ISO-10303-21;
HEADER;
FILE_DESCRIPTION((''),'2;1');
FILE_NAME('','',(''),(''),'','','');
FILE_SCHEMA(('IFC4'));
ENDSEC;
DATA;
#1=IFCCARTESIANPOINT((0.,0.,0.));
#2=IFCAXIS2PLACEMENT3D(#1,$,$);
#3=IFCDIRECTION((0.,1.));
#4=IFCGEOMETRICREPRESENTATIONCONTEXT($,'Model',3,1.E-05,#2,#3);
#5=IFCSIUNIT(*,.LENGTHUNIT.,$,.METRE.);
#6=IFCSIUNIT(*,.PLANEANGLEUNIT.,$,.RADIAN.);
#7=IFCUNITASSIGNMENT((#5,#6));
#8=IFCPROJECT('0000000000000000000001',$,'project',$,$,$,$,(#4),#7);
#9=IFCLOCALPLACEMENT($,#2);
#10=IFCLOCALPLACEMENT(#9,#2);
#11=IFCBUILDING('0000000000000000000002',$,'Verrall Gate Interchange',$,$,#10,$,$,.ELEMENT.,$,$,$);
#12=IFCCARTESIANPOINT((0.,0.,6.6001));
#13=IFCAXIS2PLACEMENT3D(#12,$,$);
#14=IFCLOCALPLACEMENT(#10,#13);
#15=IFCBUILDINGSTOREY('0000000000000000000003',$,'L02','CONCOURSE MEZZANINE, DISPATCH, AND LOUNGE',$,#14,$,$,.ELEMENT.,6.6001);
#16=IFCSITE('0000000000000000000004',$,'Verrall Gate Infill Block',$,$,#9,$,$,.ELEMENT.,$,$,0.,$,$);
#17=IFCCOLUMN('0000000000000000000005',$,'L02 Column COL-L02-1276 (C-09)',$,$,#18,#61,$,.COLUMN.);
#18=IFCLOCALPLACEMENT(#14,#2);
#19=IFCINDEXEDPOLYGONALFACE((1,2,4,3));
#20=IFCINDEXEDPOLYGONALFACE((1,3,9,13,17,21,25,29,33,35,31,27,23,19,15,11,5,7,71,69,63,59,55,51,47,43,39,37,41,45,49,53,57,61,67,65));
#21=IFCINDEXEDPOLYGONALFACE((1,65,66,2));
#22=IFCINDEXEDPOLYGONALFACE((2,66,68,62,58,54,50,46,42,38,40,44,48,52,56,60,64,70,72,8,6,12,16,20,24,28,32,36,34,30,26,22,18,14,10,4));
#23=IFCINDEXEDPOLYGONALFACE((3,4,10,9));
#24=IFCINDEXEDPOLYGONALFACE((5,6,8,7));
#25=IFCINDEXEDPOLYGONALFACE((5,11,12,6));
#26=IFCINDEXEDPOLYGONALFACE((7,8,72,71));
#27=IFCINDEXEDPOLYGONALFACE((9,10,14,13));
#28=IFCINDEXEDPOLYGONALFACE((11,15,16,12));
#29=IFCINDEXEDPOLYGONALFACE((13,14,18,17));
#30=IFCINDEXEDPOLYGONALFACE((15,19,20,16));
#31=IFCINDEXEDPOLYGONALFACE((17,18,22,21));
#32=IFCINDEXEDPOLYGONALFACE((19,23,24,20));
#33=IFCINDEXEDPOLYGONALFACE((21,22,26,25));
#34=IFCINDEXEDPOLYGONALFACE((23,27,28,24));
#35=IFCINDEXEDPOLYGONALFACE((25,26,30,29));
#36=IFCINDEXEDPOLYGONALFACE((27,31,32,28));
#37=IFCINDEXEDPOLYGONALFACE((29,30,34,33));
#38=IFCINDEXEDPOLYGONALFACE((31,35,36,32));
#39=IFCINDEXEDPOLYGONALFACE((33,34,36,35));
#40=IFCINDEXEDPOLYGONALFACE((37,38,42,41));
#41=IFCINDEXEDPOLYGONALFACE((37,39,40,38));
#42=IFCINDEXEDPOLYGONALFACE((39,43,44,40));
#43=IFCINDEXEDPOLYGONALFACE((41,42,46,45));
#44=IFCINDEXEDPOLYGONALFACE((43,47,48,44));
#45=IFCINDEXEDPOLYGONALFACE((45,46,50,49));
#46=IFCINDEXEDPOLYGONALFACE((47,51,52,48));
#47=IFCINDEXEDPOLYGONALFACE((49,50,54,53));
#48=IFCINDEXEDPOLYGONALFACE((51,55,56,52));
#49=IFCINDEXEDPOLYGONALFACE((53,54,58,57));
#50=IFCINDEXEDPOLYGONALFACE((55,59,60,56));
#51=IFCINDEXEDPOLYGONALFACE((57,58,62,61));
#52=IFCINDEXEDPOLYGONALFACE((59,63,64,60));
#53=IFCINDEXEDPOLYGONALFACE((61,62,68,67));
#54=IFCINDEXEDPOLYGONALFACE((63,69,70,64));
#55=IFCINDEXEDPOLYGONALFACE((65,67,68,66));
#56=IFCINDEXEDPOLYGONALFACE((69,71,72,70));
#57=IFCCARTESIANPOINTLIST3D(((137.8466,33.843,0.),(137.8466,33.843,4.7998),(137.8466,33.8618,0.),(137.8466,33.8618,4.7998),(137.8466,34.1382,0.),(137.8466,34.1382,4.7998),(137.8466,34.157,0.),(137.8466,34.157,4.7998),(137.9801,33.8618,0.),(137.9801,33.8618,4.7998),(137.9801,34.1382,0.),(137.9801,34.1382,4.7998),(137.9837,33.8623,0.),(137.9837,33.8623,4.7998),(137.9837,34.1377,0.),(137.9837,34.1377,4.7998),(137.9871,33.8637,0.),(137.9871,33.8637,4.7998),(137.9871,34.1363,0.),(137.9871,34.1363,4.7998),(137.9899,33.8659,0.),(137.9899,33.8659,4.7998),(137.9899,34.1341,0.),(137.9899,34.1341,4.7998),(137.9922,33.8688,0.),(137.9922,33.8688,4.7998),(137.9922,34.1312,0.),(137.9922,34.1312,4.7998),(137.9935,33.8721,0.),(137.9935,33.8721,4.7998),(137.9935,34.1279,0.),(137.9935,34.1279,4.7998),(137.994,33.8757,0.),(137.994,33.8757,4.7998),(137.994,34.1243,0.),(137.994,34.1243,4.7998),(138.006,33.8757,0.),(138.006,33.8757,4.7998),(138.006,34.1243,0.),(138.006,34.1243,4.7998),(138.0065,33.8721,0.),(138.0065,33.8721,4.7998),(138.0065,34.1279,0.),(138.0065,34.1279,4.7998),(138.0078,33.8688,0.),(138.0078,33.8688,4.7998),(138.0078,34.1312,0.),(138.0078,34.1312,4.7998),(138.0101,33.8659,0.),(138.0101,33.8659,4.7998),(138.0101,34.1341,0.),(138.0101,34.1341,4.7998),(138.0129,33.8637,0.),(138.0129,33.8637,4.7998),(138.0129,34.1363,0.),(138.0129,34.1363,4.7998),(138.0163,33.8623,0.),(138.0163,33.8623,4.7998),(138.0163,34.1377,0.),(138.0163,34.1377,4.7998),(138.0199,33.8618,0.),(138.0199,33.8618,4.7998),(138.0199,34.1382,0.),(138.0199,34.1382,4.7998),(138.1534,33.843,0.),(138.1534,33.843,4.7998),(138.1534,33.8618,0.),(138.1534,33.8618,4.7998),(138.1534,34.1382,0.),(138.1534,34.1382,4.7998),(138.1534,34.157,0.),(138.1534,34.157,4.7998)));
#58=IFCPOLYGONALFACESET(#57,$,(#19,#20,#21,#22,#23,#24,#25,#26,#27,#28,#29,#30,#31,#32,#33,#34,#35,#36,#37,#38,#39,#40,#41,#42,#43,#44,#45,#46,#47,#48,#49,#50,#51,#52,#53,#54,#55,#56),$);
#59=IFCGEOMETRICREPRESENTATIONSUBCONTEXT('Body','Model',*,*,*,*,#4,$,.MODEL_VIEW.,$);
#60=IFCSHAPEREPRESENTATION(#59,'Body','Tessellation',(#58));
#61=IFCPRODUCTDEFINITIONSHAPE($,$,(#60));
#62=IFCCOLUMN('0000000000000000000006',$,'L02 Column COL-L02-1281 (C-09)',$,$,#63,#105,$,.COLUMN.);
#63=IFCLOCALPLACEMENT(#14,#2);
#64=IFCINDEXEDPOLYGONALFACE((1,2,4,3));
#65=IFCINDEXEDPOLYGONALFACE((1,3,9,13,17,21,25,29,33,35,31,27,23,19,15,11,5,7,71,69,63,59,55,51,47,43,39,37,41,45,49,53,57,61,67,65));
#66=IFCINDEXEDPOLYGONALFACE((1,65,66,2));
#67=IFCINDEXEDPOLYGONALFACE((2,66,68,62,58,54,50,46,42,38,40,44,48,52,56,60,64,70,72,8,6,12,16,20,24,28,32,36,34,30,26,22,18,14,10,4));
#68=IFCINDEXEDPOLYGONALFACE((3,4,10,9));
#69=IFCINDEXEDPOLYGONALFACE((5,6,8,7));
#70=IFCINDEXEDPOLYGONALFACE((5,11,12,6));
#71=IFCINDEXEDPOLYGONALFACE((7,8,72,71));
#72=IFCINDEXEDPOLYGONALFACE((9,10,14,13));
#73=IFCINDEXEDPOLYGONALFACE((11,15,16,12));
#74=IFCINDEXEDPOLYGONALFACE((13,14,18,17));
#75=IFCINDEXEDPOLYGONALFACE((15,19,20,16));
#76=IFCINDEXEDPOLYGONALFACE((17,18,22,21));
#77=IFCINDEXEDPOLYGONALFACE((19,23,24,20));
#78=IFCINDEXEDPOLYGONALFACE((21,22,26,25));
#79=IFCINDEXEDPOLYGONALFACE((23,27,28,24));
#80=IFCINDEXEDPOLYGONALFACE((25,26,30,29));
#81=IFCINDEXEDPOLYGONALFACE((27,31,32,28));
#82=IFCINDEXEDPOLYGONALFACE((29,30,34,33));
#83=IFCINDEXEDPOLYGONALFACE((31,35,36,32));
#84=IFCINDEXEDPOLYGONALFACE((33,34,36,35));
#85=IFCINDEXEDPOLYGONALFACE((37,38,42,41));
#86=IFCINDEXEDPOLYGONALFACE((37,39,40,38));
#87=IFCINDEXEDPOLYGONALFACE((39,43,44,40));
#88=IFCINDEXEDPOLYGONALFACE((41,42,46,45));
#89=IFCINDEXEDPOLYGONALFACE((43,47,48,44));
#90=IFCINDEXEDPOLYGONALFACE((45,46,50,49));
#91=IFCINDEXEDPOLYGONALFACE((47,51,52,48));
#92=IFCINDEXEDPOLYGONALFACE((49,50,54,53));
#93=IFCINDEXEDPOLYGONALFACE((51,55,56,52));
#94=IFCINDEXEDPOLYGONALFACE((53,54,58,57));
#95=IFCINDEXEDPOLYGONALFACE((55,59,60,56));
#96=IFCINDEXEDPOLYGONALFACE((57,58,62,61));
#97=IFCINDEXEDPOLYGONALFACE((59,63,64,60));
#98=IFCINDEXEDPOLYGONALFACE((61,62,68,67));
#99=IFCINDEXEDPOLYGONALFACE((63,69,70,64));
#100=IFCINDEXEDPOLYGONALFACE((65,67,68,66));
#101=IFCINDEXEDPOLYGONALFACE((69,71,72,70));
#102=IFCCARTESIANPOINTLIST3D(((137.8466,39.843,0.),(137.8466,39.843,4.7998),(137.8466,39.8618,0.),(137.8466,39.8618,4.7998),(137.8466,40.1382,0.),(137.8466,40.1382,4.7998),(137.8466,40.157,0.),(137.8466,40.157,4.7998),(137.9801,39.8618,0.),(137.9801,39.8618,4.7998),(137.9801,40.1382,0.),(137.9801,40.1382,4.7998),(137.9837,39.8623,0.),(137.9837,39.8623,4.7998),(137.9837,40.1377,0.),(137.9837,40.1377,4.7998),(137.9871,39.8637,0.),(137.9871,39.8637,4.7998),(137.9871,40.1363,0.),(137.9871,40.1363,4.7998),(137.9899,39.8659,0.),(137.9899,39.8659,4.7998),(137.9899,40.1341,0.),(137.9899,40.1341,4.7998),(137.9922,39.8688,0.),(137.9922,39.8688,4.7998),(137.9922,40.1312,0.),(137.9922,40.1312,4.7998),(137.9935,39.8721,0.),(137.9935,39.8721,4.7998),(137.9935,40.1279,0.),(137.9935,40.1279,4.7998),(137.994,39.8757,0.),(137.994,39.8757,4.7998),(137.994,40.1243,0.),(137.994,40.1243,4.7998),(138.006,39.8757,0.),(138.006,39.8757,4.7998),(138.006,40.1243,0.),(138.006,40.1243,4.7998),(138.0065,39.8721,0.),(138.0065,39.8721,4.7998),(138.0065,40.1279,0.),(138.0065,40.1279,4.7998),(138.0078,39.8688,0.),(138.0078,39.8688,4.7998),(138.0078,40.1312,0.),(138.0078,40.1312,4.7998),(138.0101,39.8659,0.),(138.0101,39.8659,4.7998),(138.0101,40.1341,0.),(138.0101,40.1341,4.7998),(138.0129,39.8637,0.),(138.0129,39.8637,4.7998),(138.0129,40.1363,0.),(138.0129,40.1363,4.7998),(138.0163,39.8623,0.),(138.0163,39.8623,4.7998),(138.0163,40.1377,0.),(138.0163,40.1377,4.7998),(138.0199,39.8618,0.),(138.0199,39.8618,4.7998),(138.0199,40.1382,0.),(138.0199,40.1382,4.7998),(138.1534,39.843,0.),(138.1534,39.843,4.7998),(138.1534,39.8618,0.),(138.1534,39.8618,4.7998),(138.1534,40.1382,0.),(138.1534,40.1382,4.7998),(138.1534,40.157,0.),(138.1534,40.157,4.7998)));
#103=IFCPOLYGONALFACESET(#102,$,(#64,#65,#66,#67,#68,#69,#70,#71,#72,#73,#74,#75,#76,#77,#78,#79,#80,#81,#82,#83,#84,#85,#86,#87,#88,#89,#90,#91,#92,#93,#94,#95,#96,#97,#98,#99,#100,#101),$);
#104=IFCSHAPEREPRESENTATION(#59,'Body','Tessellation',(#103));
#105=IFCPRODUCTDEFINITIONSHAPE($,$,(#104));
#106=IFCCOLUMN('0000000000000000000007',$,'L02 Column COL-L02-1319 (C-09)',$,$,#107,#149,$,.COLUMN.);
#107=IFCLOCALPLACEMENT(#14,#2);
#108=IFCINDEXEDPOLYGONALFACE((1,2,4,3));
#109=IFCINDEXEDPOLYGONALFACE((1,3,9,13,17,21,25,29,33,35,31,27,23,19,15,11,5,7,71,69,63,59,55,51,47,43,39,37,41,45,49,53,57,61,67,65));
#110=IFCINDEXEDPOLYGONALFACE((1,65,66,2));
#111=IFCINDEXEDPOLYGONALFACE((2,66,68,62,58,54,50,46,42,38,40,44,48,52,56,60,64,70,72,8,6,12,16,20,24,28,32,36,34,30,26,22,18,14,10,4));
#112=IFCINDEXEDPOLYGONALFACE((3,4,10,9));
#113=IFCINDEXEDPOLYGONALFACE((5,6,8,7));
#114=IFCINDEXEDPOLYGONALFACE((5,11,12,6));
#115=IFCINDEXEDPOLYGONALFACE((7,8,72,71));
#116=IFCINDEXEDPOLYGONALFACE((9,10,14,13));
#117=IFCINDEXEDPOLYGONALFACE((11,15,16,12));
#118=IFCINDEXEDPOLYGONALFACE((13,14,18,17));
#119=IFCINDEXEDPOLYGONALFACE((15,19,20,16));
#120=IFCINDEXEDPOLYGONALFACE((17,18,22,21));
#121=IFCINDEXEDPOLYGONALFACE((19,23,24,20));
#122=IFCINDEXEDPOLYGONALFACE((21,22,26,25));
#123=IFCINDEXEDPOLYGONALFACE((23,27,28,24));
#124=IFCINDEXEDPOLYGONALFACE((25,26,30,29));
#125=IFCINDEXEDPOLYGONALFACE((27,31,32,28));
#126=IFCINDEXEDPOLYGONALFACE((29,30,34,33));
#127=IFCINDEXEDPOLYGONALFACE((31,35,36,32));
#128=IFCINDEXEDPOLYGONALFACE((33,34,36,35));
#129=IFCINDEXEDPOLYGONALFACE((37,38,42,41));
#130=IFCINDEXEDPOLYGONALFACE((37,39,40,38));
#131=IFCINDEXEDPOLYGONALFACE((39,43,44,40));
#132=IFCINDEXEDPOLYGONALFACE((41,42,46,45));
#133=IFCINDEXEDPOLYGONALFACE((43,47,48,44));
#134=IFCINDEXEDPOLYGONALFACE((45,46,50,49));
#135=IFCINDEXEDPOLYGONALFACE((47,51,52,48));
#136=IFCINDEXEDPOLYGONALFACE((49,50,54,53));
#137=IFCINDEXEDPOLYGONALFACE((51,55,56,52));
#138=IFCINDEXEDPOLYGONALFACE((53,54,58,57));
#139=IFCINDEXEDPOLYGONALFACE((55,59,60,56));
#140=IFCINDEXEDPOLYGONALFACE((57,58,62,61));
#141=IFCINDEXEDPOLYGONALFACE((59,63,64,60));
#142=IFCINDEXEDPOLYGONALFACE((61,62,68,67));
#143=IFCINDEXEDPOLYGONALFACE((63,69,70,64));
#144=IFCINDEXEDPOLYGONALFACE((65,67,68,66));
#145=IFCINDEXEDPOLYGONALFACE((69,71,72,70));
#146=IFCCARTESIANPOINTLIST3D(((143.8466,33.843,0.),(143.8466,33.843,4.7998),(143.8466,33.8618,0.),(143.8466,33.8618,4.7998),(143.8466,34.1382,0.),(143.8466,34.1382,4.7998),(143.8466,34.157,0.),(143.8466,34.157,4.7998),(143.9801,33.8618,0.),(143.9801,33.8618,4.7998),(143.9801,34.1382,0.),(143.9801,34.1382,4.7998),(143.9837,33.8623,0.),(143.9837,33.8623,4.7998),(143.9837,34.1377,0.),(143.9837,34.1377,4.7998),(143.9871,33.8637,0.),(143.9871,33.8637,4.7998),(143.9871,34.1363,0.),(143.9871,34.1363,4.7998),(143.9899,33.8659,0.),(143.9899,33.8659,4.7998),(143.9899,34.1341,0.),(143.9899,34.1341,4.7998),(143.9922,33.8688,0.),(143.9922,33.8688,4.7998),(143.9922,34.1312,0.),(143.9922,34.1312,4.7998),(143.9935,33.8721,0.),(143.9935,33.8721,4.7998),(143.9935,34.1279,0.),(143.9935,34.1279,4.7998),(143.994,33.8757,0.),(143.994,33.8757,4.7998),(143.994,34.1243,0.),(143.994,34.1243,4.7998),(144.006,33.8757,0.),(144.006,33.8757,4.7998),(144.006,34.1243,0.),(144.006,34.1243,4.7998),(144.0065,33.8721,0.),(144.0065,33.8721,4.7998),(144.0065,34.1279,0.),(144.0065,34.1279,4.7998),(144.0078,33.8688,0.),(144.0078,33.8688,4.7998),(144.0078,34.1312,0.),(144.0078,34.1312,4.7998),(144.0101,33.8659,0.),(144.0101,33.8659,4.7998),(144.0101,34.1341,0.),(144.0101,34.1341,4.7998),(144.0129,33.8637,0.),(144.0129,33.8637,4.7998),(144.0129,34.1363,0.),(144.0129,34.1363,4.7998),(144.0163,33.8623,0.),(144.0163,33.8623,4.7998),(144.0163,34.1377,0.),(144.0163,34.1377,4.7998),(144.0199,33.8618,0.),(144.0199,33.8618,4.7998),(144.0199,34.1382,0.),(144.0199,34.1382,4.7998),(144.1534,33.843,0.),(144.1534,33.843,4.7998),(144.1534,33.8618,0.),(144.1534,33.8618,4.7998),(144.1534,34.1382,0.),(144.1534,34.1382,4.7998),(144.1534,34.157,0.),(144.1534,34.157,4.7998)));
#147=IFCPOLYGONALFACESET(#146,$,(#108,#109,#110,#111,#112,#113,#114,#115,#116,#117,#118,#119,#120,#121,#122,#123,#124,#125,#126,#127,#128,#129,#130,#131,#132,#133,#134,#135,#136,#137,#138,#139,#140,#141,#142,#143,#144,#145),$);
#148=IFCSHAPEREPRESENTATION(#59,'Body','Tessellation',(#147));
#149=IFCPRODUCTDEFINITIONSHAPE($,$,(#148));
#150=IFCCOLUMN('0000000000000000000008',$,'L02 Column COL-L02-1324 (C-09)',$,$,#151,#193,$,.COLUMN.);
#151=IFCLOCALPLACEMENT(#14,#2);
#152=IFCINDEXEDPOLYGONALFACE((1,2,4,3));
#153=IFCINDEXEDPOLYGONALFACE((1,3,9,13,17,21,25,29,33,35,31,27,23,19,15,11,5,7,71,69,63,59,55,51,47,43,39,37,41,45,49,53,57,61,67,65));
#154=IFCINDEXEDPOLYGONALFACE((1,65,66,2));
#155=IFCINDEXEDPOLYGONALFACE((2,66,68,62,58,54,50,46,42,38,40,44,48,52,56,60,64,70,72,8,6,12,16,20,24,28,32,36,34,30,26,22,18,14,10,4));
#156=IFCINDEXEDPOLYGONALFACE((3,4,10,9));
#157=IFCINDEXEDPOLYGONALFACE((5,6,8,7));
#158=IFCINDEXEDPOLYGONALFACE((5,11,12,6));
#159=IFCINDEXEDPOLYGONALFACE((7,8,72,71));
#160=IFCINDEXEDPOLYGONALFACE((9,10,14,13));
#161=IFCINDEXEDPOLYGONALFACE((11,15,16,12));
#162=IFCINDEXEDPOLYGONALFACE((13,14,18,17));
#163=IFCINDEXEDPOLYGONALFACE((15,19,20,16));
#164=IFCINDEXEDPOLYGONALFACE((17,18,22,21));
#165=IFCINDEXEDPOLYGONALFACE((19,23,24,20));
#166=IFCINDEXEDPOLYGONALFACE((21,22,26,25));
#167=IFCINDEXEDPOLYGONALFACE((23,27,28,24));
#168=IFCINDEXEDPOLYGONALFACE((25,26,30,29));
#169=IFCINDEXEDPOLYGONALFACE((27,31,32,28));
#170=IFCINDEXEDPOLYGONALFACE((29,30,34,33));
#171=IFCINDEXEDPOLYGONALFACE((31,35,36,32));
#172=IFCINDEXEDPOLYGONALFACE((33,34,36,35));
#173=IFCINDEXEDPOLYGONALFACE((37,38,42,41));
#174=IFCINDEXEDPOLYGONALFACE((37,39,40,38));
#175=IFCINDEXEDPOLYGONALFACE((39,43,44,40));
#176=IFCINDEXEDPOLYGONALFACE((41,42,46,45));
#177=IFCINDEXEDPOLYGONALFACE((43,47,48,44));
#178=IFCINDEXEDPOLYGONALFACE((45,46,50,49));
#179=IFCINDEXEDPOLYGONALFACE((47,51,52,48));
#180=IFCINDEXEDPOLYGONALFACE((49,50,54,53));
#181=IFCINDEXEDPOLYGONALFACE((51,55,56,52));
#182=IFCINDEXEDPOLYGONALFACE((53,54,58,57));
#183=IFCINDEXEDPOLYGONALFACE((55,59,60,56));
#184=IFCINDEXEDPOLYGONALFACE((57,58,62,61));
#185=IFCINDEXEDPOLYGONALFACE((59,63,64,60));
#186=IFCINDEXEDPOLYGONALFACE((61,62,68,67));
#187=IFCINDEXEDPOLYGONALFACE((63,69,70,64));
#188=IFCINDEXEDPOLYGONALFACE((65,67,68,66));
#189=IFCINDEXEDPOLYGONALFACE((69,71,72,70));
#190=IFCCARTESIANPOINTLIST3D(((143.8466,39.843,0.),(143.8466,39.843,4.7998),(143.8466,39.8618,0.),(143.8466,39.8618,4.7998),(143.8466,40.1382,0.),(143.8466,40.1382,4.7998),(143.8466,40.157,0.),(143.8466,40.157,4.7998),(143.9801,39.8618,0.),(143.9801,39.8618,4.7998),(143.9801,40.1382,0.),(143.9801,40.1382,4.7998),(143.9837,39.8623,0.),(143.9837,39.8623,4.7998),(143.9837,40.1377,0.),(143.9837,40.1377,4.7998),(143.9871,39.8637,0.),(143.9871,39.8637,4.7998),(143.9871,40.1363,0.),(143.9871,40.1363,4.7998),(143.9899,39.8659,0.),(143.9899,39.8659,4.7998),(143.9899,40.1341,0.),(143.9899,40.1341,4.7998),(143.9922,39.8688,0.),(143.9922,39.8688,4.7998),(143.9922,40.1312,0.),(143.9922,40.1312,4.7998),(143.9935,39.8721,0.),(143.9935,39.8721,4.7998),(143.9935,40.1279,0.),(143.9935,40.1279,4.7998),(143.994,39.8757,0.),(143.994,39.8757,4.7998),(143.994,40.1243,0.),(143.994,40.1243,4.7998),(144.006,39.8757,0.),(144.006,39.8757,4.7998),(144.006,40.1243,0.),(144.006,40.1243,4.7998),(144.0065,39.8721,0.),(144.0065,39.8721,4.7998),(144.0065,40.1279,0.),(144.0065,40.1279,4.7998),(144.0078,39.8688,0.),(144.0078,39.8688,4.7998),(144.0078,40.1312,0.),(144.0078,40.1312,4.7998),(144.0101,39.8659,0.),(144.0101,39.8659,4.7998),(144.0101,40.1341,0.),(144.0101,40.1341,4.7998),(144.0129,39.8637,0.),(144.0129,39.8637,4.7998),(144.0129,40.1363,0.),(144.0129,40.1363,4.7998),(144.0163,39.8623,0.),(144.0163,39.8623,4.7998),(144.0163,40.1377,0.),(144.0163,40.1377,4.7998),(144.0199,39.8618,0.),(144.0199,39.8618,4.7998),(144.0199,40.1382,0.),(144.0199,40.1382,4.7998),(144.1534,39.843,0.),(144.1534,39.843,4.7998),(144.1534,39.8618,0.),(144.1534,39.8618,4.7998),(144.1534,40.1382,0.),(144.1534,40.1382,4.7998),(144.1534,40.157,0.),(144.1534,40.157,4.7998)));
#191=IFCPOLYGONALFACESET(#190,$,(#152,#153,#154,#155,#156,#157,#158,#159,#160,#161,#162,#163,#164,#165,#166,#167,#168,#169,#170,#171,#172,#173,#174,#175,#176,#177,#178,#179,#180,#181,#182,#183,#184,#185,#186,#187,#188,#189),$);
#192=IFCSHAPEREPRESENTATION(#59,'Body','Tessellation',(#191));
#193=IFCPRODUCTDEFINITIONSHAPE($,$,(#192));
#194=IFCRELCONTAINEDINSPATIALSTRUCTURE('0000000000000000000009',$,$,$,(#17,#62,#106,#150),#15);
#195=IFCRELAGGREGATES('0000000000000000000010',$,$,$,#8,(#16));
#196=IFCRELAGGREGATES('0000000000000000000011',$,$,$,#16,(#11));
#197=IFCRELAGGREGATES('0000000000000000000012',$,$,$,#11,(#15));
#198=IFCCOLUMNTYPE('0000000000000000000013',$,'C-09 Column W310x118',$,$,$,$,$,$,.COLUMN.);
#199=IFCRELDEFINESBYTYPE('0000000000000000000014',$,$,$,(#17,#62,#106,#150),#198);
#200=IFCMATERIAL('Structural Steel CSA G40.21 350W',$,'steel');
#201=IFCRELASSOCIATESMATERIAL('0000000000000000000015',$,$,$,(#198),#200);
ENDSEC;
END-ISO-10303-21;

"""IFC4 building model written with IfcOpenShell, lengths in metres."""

from ifc_helpers import new_model, si_unit, direction, frame, origin, origin_2d, place, context, subcontext, project, spatial, i_section, extrude, material, material_profile, profile_set, type_object, element, save


model = new_model("IFC4")

# Units and contexts
model_context = context("Model", 3, precision=1e-05, world=origin(), true_north=direction((0.0, 1.0)))
body_context = subcontext(model_context, "Body", "Model", "MODEL_VIEW")
ifc_project = project(units=[si_unit("LENGTHUNIT", "METRE"), si_unit("PLANEANGLEUNIT", "RADIAN")], contexts=[model_context])

# Site, building, storey
site_placement = place(None, origin())
site = spatial("IfcSite", under=ifc_project, at=site_placement, Name="Verrall Gate Infill Block", CompositionType="ELEMENT", RefElevation=0.0)
building_placement = place(site_placement, origin())
building = spatial("IfcBuilding", under=site, at=building_placement, Name="Verrall Gate Interchange", CompositionType="ELEMENT")
storey_placement = place(building_placement, frame((0.0, 0.0, 6.6001)))
storey = spatial("IfcBuildingStorey", under=building, at=storey_placement, Name="L02", Description="CONCOURSE MEZZANINE, DISPATCH, AND LOUNGE", CompositionType="ELEMENT", Elevation=6.6001)

# Columns
ifc_material_1 = material(Name="Structural Steel CSA G40.21 350W", Category="steel")
ifc_material_profile_1 = material_profile(ifc_material_1, i_section(OverallWidth=0.3069, OverallDepth=0.314, WebThickness=0.012, FlangeThickness=0.0188, FilletRadius=0.0139, at=origin_2d()), Name="W310x118")
ifc_profile_set_1 = profile_set([ifc_material_profile_1], Name="Structural Steel CSA G40.21 350W")
column_type = type_object("IfcColumnType", Name="C-09 Column W310x118", PredefinedType="COLUMN", material=ifc_profile_set_1)
for number, where, z_axis, x_axis, name in (
    (1, (138.0, 34.0, 0.0), (0.0, 0.0, 1.0), (1.0, 0.0, 0.0), "L02 Column COL-L02-1276 (C-09)"),
    (2, (138.0, 40.0, 0.0), (0.0, 0.0, 1.0), (1.0, 0.0, 0.0), "L02 Column COL-L02-1281 (C-09)"),
    (3, (144.0, 34.0, 0.0), (0.0, 0.0, 1.0), (1.0, 0.0, 0.0), "L02 Column COL-L02-1319 (C-09)"),
    (4, (144.0, 40.0, 0.0), (0.0, 0.0, 1.0), (1.0, 0.0, 0.0), "L02 Column COL-L02-1324 (C-09)"),
):
    element("IfcColumn", number, at=place(storey_placement, frame(where, z_axis=z_axis, x_axis=x_axis)), inside=storey, type_object=column_type, Name=name, PredefinedType="COLUMN", context=body_context, shape_type="SweptSolid", body=[
        extrude(i_section(OverallWidth=0.3069, OverallDepth=0.314, WebThickness=0.012, FlangeThickness=0.0188, FilletRadius=0.0139, at=origin_2d()), origin(), (0.0, 0.0, 1.0), 4.7998),
    ])

save(model, "model.ifc")
